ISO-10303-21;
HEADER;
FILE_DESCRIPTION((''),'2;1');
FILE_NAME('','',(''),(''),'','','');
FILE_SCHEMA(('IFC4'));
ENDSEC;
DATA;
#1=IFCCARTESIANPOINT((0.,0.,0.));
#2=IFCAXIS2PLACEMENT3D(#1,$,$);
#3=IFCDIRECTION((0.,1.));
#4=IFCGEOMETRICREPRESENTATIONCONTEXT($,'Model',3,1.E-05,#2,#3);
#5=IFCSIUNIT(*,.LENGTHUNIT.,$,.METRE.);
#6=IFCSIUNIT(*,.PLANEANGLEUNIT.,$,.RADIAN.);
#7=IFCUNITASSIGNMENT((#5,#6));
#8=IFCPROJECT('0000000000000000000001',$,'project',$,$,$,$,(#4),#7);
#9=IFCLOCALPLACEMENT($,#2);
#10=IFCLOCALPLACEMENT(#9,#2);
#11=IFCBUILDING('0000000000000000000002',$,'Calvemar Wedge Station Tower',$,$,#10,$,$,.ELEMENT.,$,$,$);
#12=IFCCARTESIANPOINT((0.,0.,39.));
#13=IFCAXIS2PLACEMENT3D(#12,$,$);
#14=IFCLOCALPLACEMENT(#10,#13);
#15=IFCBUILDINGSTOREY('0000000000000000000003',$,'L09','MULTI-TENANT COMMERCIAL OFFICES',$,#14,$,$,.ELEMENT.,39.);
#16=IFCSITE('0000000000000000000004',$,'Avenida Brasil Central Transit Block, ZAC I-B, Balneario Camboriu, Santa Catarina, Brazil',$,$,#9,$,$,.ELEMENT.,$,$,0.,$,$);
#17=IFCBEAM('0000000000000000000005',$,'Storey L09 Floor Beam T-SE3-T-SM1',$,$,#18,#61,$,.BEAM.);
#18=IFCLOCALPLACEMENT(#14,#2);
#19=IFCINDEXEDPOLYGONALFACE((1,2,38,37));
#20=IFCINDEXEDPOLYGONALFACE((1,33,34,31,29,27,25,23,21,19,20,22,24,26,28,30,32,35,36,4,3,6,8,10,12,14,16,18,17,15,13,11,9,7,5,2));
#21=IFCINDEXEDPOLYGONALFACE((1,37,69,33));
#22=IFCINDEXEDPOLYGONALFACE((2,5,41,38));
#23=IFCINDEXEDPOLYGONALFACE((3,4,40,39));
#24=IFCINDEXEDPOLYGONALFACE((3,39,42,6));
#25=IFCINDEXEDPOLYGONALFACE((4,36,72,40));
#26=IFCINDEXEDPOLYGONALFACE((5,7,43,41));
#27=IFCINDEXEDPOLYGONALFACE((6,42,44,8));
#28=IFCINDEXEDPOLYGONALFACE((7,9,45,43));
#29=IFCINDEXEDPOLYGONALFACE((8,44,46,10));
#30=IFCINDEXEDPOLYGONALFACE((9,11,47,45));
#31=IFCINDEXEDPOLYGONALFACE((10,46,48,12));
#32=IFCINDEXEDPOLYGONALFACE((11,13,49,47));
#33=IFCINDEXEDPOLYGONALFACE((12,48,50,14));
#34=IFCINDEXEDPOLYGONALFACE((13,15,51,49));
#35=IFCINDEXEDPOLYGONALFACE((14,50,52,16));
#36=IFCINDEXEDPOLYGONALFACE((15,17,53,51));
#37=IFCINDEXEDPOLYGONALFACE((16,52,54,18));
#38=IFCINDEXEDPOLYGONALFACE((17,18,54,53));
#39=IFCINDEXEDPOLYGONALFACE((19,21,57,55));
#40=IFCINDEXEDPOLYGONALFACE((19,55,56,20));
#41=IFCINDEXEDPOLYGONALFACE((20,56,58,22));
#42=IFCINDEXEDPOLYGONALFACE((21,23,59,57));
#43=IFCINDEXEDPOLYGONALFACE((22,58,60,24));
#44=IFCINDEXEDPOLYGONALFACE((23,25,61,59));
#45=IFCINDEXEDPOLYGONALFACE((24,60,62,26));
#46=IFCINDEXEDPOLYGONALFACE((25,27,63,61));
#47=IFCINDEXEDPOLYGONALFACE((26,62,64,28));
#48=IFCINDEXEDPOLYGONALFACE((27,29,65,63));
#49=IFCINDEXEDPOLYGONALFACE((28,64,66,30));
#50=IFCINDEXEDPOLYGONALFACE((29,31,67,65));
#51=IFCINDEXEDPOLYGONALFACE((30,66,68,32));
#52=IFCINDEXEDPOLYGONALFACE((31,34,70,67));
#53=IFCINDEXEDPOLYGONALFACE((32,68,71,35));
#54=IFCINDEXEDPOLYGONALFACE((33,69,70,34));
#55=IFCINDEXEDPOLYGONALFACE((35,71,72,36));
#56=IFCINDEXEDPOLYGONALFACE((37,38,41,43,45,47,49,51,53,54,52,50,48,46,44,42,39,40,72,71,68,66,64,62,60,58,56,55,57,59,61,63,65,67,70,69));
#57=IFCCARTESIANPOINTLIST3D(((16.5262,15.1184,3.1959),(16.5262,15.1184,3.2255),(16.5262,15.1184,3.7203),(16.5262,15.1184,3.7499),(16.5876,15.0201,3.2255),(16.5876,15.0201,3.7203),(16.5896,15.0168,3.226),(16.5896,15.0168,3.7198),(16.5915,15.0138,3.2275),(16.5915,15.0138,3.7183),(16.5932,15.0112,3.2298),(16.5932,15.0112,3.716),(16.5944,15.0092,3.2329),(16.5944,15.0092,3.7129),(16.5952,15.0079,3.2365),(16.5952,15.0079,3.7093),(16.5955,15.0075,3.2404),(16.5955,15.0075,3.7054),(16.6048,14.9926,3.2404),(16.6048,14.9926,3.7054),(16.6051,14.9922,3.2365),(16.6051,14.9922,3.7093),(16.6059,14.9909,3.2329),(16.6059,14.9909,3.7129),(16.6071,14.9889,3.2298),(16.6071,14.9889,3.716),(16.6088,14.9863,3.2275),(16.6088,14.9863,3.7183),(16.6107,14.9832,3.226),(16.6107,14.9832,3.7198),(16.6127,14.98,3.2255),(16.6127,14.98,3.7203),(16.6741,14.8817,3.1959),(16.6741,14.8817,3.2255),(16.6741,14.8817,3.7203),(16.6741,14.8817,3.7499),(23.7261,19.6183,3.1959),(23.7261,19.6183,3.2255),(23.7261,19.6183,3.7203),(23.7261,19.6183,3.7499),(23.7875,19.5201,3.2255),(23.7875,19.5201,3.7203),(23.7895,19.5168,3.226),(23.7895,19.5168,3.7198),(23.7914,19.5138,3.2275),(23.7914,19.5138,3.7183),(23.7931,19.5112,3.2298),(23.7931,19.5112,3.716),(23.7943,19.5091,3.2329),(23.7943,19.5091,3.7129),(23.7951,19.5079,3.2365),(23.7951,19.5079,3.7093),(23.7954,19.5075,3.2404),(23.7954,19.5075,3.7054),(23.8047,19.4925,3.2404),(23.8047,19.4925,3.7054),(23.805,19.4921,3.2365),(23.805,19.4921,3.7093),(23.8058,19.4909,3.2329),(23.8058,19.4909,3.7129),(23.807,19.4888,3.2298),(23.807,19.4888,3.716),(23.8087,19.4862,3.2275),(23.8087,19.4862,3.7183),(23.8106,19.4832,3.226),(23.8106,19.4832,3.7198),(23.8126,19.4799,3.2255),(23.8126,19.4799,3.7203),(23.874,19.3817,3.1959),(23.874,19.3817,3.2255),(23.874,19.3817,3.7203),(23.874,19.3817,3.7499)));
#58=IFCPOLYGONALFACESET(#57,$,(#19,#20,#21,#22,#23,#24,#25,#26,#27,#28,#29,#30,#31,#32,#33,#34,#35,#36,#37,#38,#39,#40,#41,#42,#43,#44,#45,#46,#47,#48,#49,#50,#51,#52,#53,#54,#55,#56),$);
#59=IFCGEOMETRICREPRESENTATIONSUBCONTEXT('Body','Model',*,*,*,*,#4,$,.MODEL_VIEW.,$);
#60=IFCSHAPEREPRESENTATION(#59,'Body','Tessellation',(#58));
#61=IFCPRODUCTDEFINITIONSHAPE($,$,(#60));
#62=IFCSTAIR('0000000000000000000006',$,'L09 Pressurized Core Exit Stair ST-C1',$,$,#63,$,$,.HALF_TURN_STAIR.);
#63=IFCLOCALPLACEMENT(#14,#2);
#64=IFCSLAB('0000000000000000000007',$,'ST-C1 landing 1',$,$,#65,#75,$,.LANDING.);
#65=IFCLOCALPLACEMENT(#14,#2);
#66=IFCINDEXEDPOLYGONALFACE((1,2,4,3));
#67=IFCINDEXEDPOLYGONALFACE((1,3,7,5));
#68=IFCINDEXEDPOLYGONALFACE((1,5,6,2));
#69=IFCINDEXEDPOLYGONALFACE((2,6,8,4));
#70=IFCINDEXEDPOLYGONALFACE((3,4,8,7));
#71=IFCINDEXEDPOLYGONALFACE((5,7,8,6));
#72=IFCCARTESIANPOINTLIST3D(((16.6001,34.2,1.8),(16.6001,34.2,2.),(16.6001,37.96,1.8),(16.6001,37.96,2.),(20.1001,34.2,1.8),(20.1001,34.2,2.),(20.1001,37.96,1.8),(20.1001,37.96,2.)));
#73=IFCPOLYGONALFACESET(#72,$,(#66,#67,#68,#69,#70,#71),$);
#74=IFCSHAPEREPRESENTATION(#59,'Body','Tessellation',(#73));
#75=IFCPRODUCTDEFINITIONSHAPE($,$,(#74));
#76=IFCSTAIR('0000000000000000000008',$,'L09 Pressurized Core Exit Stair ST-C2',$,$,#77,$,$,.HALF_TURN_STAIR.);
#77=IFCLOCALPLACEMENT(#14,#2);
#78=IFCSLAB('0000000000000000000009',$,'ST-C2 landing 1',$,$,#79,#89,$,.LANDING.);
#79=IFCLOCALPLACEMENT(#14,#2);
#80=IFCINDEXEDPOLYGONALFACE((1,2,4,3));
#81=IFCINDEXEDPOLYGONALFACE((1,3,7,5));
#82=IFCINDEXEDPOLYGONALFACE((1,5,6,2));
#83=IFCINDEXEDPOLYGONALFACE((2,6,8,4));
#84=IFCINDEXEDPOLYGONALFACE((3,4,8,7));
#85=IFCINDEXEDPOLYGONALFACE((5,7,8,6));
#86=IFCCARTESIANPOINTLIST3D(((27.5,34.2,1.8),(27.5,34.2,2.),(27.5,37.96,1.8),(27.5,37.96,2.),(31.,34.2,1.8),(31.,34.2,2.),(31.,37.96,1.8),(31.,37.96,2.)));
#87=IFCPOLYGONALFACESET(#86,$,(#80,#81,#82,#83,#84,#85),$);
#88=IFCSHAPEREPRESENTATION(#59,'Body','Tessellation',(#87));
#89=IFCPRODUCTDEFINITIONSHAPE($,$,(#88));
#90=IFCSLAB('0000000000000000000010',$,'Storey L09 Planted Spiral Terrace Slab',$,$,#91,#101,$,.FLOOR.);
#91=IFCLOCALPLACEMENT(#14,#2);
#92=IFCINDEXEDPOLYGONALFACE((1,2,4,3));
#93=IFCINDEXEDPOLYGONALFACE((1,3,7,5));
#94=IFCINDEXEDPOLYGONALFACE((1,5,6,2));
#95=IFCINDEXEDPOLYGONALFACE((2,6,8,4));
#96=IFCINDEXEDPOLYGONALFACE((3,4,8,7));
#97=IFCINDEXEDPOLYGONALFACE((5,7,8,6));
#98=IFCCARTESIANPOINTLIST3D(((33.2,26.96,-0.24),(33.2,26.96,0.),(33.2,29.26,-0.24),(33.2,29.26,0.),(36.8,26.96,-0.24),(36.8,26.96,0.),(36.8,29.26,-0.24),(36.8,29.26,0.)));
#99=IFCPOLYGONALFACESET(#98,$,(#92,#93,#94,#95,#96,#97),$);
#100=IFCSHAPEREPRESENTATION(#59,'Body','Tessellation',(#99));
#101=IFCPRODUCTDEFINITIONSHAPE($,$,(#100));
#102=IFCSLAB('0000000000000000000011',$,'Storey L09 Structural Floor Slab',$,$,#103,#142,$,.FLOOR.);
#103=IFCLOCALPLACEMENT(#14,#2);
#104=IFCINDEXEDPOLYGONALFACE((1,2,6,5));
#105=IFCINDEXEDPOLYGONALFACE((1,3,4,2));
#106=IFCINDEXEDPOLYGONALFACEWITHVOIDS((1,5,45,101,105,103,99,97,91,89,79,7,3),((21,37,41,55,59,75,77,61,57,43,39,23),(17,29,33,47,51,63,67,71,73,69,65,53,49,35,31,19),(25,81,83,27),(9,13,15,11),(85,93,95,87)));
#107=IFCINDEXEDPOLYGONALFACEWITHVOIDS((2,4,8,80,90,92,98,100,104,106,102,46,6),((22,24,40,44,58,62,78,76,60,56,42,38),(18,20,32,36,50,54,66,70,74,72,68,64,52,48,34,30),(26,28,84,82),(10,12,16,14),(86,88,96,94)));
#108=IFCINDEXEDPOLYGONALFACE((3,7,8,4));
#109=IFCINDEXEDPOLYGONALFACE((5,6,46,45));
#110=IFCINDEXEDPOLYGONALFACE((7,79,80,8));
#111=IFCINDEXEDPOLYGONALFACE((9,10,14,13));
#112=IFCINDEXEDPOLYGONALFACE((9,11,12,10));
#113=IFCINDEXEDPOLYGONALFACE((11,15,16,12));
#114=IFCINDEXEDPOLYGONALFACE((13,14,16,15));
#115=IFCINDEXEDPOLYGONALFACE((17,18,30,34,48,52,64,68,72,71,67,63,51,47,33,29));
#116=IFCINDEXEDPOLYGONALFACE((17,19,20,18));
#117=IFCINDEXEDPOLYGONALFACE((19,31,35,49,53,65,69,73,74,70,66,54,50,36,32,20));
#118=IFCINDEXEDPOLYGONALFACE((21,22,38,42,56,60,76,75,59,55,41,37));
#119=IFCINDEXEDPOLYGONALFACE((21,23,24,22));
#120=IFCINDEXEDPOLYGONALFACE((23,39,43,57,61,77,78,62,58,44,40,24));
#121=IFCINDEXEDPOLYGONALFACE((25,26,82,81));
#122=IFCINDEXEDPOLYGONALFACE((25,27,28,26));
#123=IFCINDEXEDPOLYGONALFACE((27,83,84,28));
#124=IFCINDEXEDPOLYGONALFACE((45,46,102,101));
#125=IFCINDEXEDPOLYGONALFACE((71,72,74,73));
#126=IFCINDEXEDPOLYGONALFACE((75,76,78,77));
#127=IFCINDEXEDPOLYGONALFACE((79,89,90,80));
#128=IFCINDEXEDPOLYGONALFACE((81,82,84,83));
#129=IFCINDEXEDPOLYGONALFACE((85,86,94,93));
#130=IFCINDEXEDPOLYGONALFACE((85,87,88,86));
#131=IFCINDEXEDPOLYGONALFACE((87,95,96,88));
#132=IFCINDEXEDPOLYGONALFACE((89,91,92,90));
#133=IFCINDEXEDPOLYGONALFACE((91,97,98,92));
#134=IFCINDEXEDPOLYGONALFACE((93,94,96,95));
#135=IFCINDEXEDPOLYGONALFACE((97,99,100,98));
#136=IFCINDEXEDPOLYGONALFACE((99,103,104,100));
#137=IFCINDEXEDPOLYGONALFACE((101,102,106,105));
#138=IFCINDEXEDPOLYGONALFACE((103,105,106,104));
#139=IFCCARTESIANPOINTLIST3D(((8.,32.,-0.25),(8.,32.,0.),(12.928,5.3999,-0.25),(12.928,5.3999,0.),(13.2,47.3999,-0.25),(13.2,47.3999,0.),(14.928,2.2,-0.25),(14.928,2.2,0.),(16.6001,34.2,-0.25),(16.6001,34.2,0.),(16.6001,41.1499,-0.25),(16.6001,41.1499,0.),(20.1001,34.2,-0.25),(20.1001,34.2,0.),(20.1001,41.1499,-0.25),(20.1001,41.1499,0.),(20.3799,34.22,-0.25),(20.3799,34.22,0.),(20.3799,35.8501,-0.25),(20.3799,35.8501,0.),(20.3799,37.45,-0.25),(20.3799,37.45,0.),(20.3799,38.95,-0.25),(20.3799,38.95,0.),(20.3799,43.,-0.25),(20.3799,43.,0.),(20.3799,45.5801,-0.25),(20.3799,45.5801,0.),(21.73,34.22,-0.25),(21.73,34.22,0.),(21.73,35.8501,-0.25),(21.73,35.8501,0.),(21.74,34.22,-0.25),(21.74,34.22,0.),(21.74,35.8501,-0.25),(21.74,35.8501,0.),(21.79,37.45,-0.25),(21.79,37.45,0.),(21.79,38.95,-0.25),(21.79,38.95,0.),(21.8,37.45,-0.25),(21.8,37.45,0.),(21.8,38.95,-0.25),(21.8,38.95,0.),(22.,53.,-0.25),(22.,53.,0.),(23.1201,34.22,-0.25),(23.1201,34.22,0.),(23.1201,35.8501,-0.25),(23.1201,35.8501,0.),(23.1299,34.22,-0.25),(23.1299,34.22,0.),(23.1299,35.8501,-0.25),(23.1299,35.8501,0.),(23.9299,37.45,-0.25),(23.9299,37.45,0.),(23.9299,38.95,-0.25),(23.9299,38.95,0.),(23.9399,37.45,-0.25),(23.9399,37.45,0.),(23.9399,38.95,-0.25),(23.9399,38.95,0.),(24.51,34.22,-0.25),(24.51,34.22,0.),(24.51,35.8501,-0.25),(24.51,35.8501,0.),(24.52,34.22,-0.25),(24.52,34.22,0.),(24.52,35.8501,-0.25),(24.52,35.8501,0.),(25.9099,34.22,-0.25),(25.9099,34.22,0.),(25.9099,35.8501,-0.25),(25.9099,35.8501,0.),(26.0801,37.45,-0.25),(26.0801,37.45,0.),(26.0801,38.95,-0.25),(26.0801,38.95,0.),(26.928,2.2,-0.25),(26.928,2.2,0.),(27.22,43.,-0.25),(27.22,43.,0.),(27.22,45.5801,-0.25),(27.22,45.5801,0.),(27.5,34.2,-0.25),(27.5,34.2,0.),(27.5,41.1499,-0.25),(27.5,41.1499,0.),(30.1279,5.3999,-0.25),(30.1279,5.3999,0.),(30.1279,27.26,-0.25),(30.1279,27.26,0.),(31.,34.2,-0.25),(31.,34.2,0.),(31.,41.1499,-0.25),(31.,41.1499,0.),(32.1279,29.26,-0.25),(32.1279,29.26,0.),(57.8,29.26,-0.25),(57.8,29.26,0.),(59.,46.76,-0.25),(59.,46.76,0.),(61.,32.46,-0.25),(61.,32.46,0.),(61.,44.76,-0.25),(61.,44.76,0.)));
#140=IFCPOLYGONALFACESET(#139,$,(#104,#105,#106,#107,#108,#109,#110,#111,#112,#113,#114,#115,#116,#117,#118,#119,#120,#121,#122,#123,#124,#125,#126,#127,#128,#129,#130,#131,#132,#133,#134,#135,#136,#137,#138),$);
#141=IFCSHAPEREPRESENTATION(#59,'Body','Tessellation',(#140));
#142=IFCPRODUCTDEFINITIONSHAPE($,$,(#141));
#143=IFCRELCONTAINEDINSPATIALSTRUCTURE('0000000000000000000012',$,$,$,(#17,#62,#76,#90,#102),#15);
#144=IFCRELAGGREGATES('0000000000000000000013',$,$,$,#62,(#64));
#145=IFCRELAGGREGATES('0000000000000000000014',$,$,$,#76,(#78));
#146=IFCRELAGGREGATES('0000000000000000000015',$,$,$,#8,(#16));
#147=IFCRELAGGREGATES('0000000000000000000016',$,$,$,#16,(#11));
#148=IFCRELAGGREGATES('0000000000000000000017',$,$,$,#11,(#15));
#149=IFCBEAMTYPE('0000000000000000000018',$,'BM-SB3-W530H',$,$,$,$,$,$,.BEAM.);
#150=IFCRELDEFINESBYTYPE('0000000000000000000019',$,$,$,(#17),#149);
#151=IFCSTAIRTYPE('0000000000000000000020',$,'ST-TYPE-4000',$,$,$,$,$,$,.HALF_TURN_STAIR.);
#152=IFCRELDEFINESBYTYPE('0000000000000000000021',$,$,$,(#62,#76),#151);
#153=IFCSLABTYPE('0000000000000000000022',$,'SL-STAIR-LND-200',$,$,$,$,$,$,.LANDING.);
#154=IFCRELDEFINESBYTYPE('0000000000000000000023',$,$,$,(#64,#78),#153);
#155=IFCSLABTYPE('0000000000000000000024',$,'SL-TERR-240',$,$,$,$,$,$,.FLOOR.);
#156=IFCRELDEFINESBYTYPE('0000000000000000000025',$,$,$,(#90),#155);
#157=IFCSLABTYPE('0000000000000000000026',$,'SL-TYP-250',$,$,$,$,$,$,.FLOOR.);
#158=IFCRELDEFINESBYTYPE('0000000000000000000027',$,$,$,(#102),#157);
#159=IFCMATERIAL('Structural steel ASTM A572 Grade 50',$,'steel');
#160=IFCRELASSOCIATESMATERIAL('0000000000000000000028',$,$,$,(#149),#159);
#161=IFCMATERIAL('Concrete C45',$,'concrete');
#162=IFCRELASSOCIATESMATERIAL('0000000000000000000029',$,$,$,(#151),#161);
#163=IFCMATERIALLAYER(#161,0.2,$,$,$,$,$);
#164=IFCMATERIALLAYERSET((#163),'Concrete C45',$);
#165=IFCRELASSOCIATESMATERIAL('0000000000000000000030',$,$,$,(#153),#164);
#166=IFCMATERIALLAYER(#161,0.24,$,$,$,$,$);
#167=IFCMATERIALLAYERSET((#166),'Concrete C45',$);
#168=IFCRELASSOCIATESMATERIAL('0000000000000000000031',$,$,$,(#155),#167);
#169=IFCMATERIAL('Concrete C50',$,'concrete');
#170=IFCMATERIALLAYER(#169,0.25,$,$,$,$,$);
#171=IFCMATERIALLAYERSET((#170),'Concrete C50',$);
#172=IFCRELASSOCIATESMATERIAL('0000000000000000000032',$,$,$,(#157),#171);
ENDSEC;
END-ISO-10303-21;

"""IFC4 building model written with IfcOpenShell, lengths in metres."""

from ifc_helpers import new_model, si_unit, direction, frame, origin, origin_2d, place, context, subcontext, project, spatial, polyline, i_section, outline, extrude, source, transform, mapped, material, layer, layer_set, material_profile, profile_set, type_object, element, aggregate, save


model = new_model("IFC4")

# Units and contexts
model_context = context("Model", 3, precision=1e-05, world=origin(), true_north=direction((0.0, 1.0)))
body_context = subcontext(model_context, "Body", "Model", "MODEL_VIEW")
ifc_project = project(units=[si_unit("LENGTHUNIT", "METRE"), si_unit("PLANEANGLEUNIT", "RADIAN")], contexts=[model_context])

# Site, building, storey
site_placement = place(None, origin())
site = spatial("IfcSite", under=ifc_project, at=site_placement, Name="Avenida Brasil Central Transit Block, ZAC I-B, Balneario Camboriu, Santa Catarina, Brazil", CompositionType="ELEMENT", RefElevation=0.0)
building_placement = place(site_placement, origin())
building = spatial("IfcBuilding", under=site, at=building_placement, Name="Calvemar Wedge Station Tower", CompositionType="ELEMENT")
storey_placement = place(building_placement, frame((0.0, 0.0, 39.0)))
storey = spatial("IfcBuildingStorey", under=building, at=storey_placement, Name="L09", Description="MULTI-TENANT COMMERCIAL OFFICES", CompositionType="ELEMENT", Elevation=39.0)

# Beam
ifc_material_1 = material(Name="Structural steel ASTM A572 Grade 50", Category="steel")
ifc_material_profile_1 = material_profile(ifc_material_1, i_section(OverallWidth=0.2791, OverallDepth=0.554, WebThickness=0.0176, FlangeThickness=0.0295, FilletRadius=0.0149, at=origin_2d()), Name="W530x196")
ifc_profile_set_1 = profile_set([ifc_material_profile_1], Name="Structural steel ASTM A572 Grade 50")
beam_type_1 = type_object("IfcBeamType", Name="BM-SB3-W530H", PredefinedType="BEAM", material=ifc_profile_set_1)
shared_shape_1 = source(origin(), body_context, "Body", "SweptSolid", [
    extrude(i_section(OverallWidth=0.2791, OverallDepth=0.554, WebThickness=0.0176, FlangeThickness=0.0295, FilletRadius=0.0149, at=origin_2d()), origin(), (0.0, 0.0, 1.0), 8.4905),
])
beam_1_placement = place(storey_placement, frame((23.8, 19.5, 3.4729), z_axis=(-0.847997, -0.530002, 0.0), x_axis=(0.530002, -0.847997, 0.0)))
element("IfcBeam", 1, at=beam_1_placement, inside=storey, type_object=beam_type_1, Name="Storey L09 Floor Beam T-SE3-T-SM1", PredefinedType="BEAM", context=body_context, shape_type="MappedRepresentation", body=[
    mapped(shared_shape_1, transform((0.0, 0.0, 0.0), scale=1.0)),
])

# Stairs, slabs
ifc_material_2 = material(Name="Concrete C45", Category="concrete")
stair_type = type_object("IfcStairType", Name="ST-TYPE-4000", PredefinedType="HALF_TURN_STAIR", material=ifc_material_2)
stair_1_placement = place(storey_placement, origin())
stair_1 = element("IfcStair", 2, at=stair_1_placement, inside=storey, type_object=stair_type, Name="L09 Pressurized Core Exit Stair ST-C1", PredefinedType="HALF_TURN_STAIR")
ifc_layer_1 = layer(ifc_material_2, 0.2)
ifc_layer_set_1 = layer_set([ifc_layer_1], Name="Concrete C45")
slab_type_1 = type_object("IfcSlabType", Name="SL-STAIR-LND-200", PredefinedType="LANDING", material=ifc_layer_set_1)
slab_1_placement = place(storey_placement, frame((0.0, 0.0, 1.8)))
slab_1 = element("IfcSlab", 3, at=slab_1_placement, type_object=slab_type_1, Name="ST-C1 landing 1", PredefinedType="LANDING", context=body_context, shape_type="SweptSolid", body=[
    extrude(outline(polyline([(16.6001, 37.96), (16.6001, 34.2), (20.1001, 34.2), (20.1001, 37.96), (16.6001, 37.96)])), origin(), (0.0, 0.0, 1.0), 0.2),
])
aggregate(stair_1, [slab_1])
stair_2_placement = place(storey_placement, origin())
stair_2 = element("IfcStair", 4, at=stair_2_placement, inside=storey, type_object=stair_type, Name="L09 Pressurized Core Exit Stair ST-C2", PredefinedType="HALF_TURN_STAIR")
slab_2_placement = place(storey_placement, frame((0.0, 0.0, 1.8)))
slab_2 = element("IfcSlab", 5, at=slab_2_placement, type_object=slab_type_1, Name="ST-C2 landing 1", PredefinedType="LANDING", context=body_context, shape_type="SweptSolid", body=[
    extrude(outline(polyline([(27.5, 37.96), (27.5, 34.2), (31.0, 34.2), (31.0, 37.96), (27.5, 37.96)])), origin(), (0.0, 0.0, 1.0), 0.2),
])
aggregate(stair_2, [slab_2])

# Slabs
ifc_layer_2 = layer(ifc_material_2, 0.24)
ifc_layer_set_2 = layer_set([ifc_layer_2], Name="Concrete C45")
slab_type_2 = type_object("IfcSlabType", Name="SL-TERR-240", PredefinedType="FLOOR", material=ifc_layer_set_2)
slab_3_placement = place(storey_placement, frame((0.0, 0.0, -0.24)))
element("IfcSlab", 6, at=slab_3_placement, inside=storey, type_object=slab_type_2, Name="Storey L09 Planted Spiral Terrace Slab", PredefinedType="FLOOR", context=body_context, shape_type="SweptSolid", body=[
    extrude(outline(polyline([(33.2, 29.26), (33.2, 26.96), (36.8, 26.96), (36.8, 29.26), (33.2, 29.26)])), origin(), (0.0, 0.0, 1.0), 0.24),
])
ifc_material_3 = material(Name="Concrete C50", Category="concrete")
ifc_layer_3 = layer(ifc_material_3, 0.25)
ifc_layer_set_3 = layer_set([ifc_layer_3], Name="Concrete C50")
slab_type_3 = type_object("IfcSlabType", Name="SL-TYP-250", PredefinedType="FLOOR", material=ifc_layer_set_3)
slab_4_placement = place(storey_placement, frame((0.0, 0.0, -0.25)))
element("IfcSlab", 7, at=slab_4_placement, inside=storey, type_object=slab_type_3, Name="Storey L09 Structural Floor Slab", PredefinedType="FLOOR", context=body_context, shape_type="SweptSolid", body=[
    extrude(outline(polyline([(8.0, 32.0), (12.928, 5.3999), (14.928, 2.2), (26.928, 2.2), (30.1279, 5.3999), (30.1279, 27.26), (32.1279, 29.26), (57.8, 29.26), (61.0, 32.46), (61.0, 44.76), (59.0, 46.76), (22.0, 53.0), (13.2, 47.3999), (8.0, 32.0)]), holes=[polyline([(21.74, 35.8501), (21.73, 35.8501), (20.3799, 35.8501), (20.3799, 34.22), (21.73, 34.22), (21.74, 34.22), (23.1201, 34.22), (23.1299, 34.22), (24.51, 34.22), (24.52, 34.22), (25.9099, 34.22), (25.9099, 35.8501), (24.52, 35.8501), (24.51, 35.8501), (23.1299, 35.8501), (23.1201, 35.8501), (21.74, 35.8501)]), polyline([(16.6001, 41.1499), (16.6001, 34.2), (20.1001, 34.2), (20.1001, 41.1499), (16.6001, 41.1499)]), polyline([(27.5, 34.2), (31.0, 34.2), (31.0, 41.1499), (27.5, 41.1499), (27.5, 34.2)]), polyline([(21.79, 37.45), (21.8, 37.45), (23.9299, 37.45), (23.9399, 37.45), (26.0801, 37.45), (26.0801, 38.95), (23.9399, 38.95), (23.9299, 38.95), (21.8, 38.95), (21.79, 38.95), (20.3799, 38.95), (20.3799, 37.45), (21.79, 37.45)]), polyline([(20.3799, 43.0), (27.22, 43.0), (27.22, 45.5801), (20.3799, 45.5801), (20.3799, 43.0)])]), origin(), (0.0, 0.0, 1.0), 0.25),
])

save(model, "model.ifc")
